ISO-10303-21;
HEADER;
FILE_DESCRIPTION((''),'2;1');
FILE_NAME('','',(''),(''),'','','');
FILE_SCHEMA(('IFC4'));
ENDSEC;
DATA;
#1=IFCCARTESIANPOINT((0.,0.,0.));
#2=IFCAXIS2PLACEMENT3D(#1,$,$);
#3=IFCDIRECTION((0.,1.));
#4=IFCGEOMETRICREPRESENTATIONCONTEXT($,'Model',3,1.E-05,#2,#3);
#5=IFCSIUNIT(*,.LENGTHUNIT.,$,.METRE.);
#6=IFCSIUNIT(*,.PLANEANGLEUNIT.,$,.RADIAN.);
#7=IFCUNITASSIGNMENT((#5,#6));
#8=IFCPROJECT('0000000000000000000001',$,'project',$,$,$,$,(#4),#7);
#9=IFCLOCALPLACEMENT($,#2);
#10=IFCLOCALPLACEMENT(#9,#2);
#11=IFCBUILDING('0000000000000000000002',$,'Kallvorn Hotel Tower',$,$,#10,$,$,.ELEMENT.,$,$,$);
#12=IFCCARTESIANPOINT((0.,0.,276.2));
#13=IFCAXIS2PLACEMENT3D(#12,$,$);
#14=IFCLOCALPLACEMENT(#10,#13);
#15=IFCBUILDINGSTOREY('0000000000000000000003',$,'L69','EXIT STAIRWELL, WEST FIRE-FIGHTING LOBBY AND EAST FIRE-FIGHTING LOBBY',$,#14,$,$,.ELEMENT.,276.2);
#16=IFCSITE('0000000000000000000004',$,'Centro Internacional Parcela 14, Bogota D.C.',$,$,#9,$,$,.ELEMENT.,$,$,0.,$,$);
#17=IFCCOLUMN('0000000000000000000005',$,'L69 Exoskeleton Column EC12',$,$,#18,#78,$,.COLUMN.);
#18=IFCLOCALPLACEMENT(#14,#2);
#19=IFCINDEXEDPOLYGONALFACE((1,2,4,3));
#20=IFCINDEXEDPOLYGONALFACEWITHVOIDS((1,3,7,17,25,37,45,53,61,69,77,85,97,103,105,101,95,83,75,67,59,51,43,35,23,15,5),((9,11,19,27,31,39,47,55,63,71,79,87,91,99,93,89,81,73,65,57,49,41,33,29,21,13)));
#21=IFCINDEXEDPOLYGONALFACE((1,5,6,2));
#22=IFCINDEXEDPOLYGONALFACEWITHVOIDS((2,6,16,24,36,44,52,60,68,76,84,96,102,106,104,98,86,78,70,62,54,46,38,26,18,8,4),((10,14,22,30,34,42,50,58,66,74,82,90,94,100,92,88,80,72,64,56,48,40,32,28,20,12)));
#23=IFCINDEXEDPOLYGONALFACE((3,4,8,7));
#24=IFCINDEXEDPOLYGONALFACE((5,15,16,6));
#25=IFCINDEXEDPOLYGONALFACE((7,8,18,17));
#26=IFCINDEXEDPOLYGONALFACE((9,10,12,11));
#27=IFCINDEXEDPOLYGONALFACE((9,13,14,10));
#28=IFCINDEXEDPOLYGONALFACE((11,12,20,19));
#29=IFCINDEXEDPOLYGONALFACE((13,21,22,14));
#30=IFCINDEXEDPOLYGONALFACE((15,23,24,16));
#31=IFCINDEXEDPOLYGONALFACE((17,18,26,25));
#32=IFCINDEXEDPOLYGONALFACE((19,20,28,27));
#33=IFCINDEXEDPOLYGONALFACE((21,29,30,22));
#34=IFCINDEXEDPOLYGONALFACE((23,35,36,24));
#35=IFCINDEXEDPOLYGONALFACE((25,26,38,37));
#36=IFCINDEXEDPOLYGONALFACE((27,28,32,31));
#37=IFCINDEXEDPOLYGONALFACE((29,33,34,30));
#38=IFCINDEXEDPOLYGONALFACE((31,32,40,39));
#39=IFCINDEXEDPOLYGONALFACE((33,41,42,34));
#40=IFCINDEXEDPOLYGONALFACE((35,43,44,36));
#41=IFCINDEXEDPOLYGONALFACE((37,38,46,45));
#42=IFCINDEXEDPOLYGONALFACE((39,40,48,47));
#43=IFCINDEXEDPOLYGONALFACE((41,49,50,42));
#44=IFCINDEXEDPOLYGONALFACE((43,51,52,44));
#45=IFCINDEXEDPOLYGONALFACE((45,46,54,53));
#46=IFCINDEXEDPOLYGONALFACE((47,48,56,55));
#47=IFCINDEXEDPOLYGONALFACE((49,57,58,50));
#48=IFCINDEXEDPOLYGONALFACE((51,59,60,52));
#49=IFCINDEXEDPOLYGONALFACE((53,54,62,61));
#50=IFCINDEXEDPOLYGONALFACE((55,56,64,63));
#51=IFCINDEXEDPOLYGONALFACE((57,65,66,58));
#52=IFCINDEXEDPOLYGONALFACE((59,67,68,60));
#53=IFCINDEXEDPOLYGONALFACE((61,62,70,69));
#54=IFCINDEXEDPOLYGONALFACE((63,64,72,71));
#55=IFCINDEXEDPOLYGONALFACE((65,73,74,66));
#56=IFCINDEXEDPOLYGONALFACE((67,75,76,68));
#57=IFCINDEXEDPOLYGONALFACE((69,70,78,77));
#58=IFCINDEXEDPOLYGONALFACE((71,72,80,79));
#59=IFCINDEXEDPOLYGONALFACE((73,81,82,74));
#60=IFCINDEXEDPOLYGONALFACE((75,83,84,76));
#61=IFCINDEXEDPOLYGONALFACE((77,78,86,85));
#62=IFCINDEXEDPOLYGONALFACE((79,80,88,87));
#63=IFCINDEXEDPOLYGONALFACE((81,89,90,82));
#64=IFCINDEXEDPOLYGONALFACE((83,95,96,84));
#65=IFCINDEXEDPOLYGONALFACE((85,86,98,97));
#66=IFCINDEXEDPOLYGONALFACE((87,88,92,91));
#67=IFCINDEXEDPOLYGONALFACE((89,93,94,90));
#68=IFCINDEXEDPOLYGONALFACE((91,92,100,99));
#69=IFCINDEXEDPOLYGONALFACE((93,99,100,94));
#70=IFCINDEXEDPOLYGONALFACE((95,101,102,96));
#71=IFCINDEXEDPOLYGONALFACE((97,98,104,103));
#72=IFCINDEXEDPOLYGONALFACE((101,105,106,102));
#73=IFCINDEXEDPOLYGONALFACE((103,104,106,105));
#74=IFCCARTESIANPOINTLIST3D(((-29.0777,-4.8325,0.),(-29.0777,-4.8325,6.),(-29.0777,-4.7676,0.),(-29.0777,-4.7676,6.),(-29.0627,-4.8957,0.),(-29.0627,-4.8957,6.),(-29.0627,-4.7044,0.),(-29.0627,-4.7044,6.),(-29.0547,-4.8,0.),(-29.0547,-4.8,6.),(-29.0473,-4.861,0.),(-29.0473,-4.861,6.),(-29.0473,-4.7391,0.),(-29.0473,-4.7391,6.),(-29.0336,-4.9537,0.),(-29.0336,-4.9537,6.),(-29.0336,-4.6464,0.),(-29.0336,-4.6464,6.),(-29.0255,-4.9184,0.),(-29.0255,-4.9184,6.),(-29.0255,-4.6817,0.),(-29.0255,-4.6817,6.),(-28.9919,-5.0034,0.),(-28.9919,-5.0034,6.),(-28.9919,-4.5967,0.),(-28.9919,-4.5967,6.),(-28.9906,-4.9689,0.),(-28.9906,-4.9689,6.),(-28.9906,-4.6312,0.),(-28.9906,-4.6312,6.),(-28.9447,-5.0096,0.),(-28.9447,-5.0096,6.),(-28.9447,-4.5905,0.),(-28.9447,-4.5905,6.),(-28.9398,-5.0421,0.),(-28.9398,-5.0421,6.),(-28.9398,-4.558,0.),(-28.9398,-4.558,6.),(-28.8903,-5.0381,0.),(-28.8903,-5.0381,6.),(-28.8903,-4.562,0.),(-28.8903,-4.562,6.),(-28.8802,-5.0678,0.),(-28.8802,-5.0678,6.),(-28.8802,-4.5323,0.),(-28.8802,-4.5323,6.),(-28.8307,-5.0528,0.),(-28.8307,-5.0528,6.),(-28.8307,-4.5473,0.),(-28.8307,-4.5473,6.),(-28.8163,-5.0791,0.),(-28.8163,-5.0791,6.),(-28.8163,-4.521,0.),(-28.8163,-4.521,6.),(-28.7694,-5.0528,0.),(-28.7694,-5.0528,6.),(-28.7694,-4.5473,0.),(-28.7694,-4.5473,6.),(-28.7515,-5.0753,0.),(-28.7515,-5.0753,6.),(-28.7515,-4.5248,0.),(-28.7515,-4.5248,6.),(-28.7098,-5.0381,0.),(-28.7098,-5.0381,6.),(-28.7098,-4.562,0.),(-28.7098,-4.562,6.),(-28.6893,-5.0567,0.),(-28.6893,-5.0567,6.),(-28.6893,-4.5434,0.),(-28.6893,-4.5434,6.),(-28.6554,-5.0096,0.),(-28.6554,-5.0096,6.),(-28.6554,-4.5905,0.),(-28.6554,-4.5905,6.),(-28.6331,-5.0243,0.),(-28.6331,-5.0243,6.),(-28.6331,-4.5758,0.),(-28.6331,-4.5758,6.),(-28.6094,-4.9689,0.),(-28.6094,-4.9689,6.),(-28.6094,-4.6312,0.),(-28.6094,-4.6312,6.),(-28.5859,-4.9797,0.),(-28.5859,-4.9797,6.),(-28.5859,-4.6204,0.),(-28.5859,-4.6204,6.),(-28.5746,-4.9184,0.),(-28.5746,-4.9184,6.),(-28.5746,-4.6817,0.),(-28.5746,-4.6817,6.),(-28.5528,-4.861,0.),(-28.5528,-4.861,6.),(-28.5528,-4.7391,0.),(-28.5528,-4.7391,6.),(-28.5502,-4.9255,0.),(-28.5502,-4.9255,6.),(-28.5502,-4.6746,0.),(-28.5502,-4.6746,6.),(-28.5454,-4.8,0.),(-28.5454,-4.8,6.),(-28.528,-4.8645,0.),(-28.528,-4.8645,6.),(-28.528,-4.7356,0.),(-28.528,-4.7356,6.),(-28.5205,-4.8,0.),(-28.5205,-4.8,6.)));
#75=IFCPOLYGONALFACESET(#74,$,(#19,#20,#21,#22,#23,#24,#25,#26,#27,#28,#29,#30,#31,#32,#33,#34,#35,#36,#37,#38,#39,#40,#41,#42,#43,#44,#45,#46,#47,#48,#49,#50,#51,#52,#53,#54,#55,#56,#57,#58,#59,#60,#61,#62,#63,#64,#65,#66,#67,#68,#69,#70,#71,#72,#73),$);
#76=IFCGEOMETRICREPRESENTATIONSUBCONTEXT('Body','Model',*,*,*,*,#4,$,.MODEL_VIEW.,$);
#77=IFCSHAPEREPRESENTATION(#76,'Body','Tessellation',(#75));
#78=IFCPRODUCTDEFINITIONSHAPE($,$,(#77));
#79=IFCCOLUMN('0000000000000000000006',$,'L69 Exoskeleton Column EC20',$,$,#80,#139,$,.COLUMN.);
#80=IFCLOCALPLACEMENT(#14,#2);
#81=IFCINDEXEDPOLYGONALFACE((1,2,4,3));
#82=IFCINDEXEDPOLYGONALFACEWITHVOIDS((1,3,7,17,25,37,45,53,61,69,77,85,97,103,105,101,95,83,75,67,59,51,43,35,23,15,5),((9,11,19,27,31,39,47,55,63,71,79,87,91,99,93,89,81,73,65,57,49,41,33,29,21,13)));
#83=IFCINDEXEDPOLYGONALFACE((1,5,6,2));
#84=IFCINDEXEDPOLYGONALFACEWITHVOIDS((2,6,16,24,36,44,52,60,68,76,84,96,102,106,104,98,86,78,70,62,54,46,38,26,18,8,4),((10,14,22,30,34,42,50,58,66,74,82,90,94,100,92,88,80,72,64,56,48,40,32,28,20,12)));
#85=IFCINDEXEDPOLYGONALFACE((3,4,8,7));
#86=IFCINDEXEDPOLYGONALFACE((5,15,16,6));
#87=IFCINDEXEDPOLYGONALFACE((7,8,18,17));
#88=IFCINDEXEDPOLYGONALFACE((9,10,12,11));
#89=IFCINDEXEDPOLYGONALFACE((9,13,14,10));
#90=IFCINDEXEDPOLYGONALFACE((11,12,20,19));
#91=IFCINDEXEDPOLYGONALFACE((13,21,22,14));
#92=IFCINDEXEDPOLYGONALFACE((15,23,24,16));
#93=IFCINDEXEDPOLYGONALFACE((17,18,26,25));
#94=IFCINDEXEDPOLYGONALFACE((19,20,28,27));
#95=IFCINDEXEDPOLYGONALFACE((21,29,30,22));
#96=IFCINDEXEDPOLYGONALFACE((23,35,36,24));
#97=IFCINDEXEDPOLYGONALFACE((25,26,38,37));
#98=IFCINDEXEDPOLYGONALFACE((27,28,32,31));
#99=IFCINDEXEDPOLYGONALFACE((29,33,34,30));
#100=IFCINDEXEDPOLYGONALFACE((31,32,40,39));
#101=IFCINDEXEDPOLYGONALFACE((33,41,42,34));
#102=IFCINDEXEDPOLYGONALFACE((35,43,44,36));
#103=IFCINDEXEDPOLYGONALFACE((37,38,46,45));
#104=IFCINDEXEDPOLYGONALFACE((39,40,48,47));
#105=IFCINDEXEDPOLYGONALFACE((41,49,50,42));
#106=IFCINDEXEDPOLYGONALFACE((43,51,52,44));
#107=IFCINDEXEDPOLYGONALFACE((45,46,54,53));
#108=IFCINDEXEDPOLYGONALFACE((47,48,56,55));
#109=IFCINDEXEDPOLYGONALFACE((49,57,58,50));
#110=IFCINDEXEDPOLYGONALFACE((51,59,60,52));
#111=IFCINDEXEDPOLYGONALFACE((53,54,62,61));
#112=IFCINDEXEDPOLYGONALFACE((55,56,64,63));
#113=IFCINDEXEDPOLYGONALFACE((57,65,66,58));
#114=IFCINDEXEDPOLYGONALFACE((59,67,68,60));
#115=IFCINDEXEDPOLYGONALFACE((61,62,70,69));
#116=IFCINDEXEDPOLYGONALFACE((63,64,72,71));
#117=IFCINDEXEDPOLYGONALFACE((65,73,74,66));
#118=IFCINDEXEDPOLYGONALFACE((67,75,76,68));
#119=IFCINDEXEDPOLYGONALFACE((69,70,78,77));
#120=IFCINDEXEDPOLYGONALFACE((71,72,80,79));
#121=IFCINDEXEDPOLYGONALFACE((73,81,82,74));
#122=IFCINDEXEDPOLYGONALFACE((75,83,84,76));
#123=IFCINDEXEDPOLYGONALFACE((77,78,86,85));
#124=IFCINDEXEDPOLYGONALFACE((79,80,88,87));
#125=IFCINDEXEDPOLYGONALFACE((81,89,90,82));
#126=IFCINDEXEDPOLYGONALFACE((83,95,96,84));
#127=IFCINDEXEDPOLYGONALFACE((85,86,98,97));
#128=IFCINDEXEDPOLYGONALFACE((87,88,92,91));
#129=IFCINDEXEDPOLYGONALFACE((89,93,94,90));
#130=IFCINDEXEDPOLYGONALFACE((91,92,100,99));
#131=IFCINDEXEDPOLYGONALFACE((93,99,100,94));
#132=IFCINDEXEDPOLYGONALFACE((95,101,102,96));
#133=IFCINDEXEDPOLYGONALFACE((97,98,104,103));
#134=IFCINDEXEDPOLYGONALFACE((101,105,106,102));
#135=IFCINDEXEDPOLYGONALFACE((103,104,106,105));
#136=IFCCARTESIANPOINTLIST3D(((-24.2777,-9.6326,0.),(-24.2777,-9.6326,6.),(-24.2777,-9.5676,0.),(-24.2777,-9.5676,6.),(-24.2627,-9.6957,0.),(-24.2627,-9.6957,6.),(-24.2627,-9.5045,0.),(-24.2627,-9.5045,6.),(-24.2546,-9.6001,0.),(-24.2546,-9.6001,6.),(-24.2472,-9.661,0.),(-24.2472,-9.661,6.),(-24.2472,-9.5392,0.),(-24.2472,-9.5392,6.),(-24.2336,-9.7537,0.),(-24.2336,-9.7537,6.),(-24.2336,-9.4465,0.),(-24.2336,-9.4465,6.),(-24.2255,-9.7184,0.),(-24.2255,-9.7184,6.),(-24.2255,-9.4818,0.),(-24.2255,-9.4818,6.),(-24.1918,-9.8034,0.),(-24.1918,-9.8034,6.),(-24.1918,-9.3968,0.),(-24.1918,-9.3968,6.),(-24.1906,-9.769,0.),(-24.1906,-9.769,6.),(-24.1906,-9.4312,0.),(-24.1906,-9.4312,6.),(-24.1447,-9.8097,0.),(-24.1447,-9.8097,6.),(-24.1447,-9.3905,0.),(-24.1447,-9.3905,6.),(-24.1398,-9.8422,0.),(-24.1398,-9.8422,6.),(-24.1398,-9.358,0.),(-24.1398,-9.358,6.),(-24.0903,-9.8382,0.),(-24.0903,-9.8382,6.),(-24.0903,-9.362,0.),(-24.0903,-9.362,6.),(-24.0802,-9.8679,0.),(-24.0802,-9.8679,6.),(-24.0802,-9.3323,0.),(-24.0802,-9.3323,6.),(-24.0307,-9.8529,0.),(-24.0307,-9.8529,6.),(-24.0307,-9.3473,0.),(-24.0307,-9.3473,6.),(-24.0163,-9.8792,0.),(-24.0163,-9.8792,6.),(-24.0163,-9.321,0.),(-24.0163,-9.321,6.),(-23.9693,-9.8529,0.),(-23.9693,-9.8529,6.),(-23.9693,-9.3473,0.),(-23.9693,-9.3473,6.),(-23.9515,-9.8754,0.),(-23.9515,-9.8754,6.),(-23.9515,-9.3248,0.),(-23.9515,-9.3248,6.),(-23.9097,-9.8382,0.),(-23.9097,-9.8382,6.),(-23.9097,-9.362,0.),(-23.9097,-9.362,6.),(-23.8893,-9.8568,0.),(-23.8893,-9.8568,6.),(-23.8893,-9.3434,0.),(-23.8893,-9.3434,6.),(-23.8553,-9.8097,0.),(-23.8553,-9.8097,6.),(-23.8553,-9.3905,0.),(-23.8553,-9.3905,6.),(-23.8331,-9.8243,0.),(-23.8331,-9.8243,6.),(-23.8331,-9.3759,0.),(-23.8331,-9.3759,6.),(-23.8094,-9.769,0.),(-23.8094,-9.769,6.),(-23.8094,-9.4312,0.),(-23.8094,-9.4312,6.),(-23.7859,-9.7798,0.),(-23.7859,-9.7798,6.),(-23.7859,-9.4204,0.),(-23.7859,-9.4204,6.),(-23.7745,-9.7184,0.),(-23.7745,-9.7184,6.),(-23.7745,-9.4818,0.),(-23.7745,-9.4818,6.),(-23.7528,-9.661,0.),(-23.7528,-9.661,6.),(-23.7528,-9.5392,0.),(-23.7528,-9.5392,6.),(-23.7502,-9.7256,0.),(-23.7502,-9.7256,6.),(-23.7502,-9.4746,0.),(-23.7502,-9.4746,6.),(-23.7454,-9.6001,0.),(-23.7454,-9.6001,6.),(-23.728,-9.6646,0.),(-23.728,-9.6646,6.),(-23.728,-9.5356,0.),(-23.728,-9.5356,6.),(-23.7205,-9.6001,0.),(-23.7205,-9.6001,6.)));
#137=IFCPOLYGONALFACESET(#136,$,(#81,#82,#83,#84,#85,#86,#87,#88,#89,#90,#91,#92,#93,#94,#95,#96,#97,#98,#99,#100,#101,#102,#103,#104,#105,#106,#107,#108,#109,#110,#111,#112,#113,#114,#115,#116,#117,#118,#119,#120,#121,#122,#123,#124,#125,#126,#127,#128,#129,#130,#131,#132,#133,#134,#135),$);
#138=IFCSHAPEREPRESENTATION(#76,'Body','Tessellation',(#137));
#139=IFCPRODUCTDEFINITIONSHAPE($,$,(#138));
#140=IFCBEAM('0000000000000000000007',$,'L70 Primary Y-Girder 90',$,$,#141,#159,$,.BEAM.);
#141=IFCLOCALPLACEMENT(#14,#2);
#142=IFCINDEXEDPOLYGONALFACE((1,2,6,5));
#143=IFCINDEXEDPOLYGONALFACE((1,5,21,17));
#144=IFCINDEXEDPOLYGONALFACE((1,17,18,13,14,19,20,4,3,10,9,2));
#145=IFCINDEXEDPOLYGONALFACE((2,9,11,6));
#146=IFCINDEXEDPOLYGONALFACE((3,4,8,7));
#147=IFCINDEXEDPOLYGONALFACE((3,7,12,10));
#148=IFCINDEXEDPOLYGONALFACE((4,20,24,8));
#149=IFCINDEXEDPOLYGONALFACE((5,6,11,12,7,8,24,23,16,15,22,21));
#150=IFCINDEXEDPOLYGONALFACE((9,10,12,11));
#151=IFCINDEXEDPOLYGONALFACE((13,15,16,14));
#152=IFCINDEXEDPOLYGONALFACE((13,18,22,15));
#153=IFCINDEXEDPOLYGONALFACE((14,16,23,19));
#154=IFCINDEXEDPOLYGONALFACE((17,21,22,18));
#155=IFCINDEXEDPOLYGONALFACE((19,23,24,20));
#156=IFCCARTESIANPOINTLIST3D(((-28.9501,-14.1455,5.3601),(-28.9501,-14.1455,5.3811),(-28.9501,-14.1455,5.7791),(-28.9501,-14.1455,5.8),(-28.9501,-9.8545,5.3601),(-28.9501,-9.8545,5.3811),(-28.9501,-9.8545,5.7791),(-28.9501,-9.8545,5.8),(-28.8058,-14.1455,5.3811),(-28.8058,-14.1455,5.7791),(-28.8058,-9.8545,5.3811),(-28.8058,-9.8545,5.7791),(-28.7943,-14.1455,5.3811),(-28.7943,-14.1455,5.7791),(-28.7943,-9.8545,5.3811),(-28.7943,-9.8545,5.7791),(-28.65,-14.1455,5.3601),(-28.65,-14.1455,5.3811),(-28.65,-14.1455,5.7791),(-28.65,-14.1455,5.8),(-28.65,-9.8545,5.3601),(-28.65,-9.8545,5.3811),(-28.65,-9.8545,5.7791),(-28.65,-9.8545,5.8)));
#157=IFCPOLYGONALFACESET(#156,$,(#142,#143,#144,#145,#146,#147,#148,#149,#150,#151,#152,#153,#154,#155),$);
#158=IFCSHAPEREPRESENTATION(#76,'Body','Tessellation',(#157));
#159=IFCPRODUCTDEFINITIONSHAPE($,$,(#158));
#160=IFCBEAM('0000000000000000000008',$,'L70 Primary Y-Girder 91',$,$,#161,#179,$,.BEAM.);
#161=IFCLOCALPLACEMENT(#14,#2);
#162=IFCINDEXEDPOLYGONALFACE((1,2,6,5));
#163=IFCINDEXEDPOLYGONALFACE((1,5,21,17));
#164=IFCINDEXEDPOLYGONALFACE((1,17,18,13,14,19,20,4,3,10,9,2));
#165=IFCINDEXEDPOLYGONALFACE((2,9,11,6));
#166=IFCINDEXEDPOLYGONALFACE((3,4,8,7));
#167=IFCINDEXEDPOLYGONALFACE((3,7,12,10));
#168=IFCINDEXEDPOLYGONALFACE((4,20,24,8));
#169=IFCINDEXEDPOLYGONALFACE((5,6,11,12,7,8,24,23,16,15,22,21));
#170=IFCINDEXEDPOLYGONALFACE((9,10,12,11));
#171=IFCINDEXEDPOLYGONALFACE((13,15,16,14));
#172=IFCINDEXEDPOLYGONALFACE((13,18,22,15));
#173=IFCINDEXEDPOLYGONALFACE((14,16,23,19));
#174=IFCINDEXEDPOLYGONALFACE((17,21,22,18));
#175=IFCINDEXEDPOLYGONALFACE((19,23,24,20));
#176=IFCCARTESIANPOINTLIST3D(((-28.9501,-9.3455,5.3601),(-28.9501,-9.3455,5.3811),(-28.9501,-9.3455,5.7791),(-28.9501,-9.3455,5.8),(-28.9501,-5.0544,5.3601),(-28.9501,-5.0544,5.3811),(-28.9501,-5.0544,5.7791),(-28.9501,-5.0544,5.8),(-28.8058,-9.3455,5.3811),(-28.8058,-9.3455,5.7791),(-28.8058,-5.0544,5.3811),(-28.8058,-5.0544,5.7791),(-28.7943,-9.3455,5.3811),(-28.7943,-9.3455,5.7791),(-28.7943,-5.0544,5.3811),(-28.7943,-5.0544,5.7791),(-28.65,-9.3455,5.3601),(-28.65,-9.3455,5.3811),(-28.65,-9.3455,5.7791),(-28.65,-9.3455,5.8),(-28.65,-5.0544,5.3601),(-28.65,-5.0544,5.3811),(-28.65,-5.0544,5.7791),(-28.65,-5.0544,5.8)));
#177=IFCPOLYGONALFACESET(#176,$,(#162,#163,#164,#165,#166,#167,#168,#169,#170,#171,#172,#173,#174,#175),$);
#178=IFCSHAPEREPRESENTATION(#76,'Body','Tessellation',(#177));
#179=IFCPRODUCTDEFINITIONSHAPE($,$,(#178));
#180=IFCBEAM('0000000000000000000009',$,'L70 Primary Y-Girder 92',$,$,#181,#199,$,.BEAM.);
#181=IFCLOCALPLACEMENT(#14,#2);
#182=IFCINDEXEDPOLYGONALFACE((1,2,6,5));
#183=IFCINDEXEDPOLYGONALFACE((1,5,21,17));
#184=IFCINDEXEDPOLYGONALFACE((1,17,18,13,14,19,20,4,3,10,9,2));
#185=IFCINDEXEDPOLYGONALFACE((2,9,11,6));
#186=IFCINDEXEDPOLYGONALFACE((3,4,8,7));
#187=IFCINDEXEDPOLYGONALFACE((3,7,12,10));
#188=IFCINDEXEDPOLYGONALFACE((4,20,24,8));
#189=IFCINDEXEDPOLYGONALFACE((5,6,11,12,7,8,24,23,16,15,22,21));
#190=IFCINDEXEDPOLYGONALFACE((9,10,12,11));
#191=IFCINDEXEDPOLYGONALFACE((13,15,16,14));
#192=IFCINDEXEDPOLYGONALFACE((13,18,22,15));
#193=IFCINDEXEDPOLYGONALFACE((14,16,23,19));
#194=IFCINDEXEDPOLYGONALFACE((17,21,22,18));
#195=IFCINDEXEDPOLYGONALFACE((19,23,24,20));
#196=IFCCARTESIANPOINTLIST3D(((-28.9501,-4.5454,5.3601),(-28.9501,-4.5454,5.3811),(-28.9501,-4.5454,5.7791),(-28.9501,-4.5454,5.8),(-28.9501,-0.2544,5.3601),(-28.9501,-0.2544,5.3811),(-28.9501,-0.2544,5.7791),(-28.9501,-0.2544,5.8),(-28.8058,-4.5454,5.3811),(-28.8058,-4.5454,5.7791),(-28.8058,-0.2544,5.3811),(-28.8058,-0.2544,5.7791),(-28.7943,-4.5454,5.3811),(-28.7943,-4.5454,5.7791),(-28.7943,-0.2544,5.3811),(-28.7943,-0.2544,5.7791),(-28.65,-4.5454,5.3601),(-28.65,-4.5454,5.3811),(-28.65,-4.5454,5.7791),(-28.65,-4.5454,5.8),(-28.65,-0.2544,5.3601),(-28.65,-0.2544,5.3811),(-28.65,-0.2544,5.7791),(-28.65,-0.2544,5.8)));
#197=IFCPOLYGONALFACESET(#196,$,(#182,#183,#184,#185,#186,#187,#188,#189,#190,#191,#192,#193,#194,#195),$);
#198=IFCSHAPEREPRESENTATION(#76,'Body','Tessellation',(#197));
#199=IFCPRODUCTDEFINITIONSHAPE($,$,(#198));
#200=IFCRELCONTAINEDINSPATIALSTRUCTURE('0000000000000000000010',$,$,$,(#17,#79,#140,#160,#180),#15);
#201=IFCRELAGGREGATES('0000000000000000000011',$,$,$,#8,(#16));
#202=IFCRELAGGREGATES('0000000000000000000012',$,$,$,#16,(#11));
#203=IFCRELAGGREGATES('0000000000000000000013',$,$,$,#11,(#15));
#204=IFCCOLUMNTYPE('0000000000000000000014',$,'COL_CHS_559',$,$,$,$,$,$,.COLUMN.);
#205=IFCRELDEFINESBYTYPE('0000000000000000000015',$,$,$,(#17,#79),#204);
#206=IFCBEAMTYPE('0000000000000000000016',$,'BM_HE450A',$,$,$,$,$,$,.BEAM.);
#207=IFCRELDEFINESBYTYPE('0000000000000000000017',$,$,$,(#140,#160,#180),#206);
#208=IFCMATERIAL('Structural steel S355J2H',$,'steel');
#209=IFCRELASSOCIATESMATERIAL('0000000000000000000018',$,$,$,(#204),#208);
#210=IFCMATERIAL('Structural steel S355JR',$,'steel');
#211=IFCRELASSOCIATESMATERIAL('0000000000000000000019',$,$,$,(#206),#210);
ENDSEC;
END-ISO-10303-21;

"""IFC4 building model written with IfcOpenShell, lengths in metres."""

from ifc_helpers import new_model, si_unit, direction, frame, origin, origin_2d, place, context, subcontext, project, spatial, hollow_circle, i_section, extrude, material, material_profile, profile_set, type_object, element, save


model = new_model("IFC4")

# Units and contexts
model_context = context("Model", 3, precision=1e-05, world=origin(), true_north=direction((0.0, 1.0)))
body_context = subcontext(model_context, "Body", "Model", "MODEL_VIEW")
ifc_project = project(units=[si_unit("LENGTHUNIT", "METRE"), si_unit("PLANEANGLEUNIT", "RADIAN")], contexts=[model_context])

# Site, building, storey
site_placement = place(None, origin())
site = spatial("IfcSite", under=ifc_project, at=site_placement, Name="Centro Internacional Parcela 14, Bogota D.C.", CompositionType="ELEMENT", RefElevation=0.0)
building_placement = place(site_placement, origin())
building = spatial("IfcBuilding", under=site, at=building_placement, Name="Kallvorn Hotel Tower", CompositionType="ELEMENT")
storey_placement = place(building_placement, frame((0.0, 0.0, 276.2)))
storey = spatial("IfcBuildingStorey", under=building, at=storey_placement, Name="L69", Description="EXIT STAIRWELL, WEST FIRE-FIGHTING LOBBY AND EAST FIRE-FIGHTING LOBBY", CompositionType="ELEMENT", Elevation=276.2)

# Columns
ifc_material_1 = material(Name="Structural steel S355J2H", Category="steel")
ifc_material_profile_1 = material_profile(ifc_material_1, hollow_circle(Radius=0.2795, WallThickness=0.0249, at=origin_2d()), Name="CHS 559x25")
ifc_profile_set_1 = profile_set([ifc_material_profile_1], Name="Structural steel S355J2H")
column_type = type_object("IfcColumnType", Name="COL_CHS_559", PredefinedType="COLUMN", material=ifc_profile_set_1)
for number, where, z_axis, x_axis, name in (
    (1, (-28.8, -4.8, 0.0), (0.0, 0.0, 1.0), (1.0, 0.0, 0.0), "L69 Exoskeleton Column EC12"),
    (2, (-24.0, -9.6001, 0.0), (0.0, 0.0, 1.0), (1.0, 0.0, 0.0), "L69 Exoskeleton Column EC20"),
):
    element("IfcColumn", number, at=place(storey_placement, frame(where, z_axis=z_axis, x_axis=x_axis)), inside=storey, type_object=column_type, Name=name, PredefinedType="COLUMN", context=body_context, shape_type="SweptSolid", body=[
        extrude(hollow_circle(Radius=0.2795, WallThickness=0.0249, at=origin_2d()), origin(), (0.0, 0.0, 1.0), 6.0),
    ])

# Beams
ifc_material_2 = material(Name="Structural steel S355JR", Category="steel")
ifc_material_profile_2 = material_profile(ifc_material_2, i_section(OverallWidth=0.3, OverallDepth=0.4399, WebThickness=0.0115, FlangeThickness=0.021, at=origin_2d()), Name="HE 450 A")
ifc_profile_set_2 = profile_set([ifc_material_profile_2], Name="Structural steel S355JR")
beam_type_1 = type_object("IfcBeamType", Name="BM_HE450A", PredefinedType="BEAM", material=ifc_profile_set_2)
for number, where, z_axis, x_axis, name in (
    (3, (-28.8, -14.1455, 5.5801), (0.0, 1.0, 0.0), (-1.0, 0.0, 0.0), "L70 Primary Y-Girder 90"),
    (4, (-28.8, -9.3455, 5.5801), (0.0, 1.0, 0.0), (-1.0, 0.0, 0.0), "L70 Primary Y-Girder 91"),
    (5, (-28.8, -4.5454, 5.5801), (0.0, 1.0, 0.0), (-1.0, 0.0, 0.0), "L70 Primary Y-Girder 92"),
):
    element("IfcBeam", number, at=place(storey_placement, frame(where, z_axis=z_axis, x_axis=x_axis)), inside=storey, type_object=beam_type_1, Name=name, PredefinedType="BEAM", context=body_context, shape_type="SweptSolid", body=[
        extrude(i_section(OverallWidth=0.3, OverallDepth=0.4399, WebThickness=0.0115, FlangeThickness=0.021, at=origin_2d()), origin(), (0.0, 0.0, 1.0), 4.291),
    ])

save(model, "model.ifc")
